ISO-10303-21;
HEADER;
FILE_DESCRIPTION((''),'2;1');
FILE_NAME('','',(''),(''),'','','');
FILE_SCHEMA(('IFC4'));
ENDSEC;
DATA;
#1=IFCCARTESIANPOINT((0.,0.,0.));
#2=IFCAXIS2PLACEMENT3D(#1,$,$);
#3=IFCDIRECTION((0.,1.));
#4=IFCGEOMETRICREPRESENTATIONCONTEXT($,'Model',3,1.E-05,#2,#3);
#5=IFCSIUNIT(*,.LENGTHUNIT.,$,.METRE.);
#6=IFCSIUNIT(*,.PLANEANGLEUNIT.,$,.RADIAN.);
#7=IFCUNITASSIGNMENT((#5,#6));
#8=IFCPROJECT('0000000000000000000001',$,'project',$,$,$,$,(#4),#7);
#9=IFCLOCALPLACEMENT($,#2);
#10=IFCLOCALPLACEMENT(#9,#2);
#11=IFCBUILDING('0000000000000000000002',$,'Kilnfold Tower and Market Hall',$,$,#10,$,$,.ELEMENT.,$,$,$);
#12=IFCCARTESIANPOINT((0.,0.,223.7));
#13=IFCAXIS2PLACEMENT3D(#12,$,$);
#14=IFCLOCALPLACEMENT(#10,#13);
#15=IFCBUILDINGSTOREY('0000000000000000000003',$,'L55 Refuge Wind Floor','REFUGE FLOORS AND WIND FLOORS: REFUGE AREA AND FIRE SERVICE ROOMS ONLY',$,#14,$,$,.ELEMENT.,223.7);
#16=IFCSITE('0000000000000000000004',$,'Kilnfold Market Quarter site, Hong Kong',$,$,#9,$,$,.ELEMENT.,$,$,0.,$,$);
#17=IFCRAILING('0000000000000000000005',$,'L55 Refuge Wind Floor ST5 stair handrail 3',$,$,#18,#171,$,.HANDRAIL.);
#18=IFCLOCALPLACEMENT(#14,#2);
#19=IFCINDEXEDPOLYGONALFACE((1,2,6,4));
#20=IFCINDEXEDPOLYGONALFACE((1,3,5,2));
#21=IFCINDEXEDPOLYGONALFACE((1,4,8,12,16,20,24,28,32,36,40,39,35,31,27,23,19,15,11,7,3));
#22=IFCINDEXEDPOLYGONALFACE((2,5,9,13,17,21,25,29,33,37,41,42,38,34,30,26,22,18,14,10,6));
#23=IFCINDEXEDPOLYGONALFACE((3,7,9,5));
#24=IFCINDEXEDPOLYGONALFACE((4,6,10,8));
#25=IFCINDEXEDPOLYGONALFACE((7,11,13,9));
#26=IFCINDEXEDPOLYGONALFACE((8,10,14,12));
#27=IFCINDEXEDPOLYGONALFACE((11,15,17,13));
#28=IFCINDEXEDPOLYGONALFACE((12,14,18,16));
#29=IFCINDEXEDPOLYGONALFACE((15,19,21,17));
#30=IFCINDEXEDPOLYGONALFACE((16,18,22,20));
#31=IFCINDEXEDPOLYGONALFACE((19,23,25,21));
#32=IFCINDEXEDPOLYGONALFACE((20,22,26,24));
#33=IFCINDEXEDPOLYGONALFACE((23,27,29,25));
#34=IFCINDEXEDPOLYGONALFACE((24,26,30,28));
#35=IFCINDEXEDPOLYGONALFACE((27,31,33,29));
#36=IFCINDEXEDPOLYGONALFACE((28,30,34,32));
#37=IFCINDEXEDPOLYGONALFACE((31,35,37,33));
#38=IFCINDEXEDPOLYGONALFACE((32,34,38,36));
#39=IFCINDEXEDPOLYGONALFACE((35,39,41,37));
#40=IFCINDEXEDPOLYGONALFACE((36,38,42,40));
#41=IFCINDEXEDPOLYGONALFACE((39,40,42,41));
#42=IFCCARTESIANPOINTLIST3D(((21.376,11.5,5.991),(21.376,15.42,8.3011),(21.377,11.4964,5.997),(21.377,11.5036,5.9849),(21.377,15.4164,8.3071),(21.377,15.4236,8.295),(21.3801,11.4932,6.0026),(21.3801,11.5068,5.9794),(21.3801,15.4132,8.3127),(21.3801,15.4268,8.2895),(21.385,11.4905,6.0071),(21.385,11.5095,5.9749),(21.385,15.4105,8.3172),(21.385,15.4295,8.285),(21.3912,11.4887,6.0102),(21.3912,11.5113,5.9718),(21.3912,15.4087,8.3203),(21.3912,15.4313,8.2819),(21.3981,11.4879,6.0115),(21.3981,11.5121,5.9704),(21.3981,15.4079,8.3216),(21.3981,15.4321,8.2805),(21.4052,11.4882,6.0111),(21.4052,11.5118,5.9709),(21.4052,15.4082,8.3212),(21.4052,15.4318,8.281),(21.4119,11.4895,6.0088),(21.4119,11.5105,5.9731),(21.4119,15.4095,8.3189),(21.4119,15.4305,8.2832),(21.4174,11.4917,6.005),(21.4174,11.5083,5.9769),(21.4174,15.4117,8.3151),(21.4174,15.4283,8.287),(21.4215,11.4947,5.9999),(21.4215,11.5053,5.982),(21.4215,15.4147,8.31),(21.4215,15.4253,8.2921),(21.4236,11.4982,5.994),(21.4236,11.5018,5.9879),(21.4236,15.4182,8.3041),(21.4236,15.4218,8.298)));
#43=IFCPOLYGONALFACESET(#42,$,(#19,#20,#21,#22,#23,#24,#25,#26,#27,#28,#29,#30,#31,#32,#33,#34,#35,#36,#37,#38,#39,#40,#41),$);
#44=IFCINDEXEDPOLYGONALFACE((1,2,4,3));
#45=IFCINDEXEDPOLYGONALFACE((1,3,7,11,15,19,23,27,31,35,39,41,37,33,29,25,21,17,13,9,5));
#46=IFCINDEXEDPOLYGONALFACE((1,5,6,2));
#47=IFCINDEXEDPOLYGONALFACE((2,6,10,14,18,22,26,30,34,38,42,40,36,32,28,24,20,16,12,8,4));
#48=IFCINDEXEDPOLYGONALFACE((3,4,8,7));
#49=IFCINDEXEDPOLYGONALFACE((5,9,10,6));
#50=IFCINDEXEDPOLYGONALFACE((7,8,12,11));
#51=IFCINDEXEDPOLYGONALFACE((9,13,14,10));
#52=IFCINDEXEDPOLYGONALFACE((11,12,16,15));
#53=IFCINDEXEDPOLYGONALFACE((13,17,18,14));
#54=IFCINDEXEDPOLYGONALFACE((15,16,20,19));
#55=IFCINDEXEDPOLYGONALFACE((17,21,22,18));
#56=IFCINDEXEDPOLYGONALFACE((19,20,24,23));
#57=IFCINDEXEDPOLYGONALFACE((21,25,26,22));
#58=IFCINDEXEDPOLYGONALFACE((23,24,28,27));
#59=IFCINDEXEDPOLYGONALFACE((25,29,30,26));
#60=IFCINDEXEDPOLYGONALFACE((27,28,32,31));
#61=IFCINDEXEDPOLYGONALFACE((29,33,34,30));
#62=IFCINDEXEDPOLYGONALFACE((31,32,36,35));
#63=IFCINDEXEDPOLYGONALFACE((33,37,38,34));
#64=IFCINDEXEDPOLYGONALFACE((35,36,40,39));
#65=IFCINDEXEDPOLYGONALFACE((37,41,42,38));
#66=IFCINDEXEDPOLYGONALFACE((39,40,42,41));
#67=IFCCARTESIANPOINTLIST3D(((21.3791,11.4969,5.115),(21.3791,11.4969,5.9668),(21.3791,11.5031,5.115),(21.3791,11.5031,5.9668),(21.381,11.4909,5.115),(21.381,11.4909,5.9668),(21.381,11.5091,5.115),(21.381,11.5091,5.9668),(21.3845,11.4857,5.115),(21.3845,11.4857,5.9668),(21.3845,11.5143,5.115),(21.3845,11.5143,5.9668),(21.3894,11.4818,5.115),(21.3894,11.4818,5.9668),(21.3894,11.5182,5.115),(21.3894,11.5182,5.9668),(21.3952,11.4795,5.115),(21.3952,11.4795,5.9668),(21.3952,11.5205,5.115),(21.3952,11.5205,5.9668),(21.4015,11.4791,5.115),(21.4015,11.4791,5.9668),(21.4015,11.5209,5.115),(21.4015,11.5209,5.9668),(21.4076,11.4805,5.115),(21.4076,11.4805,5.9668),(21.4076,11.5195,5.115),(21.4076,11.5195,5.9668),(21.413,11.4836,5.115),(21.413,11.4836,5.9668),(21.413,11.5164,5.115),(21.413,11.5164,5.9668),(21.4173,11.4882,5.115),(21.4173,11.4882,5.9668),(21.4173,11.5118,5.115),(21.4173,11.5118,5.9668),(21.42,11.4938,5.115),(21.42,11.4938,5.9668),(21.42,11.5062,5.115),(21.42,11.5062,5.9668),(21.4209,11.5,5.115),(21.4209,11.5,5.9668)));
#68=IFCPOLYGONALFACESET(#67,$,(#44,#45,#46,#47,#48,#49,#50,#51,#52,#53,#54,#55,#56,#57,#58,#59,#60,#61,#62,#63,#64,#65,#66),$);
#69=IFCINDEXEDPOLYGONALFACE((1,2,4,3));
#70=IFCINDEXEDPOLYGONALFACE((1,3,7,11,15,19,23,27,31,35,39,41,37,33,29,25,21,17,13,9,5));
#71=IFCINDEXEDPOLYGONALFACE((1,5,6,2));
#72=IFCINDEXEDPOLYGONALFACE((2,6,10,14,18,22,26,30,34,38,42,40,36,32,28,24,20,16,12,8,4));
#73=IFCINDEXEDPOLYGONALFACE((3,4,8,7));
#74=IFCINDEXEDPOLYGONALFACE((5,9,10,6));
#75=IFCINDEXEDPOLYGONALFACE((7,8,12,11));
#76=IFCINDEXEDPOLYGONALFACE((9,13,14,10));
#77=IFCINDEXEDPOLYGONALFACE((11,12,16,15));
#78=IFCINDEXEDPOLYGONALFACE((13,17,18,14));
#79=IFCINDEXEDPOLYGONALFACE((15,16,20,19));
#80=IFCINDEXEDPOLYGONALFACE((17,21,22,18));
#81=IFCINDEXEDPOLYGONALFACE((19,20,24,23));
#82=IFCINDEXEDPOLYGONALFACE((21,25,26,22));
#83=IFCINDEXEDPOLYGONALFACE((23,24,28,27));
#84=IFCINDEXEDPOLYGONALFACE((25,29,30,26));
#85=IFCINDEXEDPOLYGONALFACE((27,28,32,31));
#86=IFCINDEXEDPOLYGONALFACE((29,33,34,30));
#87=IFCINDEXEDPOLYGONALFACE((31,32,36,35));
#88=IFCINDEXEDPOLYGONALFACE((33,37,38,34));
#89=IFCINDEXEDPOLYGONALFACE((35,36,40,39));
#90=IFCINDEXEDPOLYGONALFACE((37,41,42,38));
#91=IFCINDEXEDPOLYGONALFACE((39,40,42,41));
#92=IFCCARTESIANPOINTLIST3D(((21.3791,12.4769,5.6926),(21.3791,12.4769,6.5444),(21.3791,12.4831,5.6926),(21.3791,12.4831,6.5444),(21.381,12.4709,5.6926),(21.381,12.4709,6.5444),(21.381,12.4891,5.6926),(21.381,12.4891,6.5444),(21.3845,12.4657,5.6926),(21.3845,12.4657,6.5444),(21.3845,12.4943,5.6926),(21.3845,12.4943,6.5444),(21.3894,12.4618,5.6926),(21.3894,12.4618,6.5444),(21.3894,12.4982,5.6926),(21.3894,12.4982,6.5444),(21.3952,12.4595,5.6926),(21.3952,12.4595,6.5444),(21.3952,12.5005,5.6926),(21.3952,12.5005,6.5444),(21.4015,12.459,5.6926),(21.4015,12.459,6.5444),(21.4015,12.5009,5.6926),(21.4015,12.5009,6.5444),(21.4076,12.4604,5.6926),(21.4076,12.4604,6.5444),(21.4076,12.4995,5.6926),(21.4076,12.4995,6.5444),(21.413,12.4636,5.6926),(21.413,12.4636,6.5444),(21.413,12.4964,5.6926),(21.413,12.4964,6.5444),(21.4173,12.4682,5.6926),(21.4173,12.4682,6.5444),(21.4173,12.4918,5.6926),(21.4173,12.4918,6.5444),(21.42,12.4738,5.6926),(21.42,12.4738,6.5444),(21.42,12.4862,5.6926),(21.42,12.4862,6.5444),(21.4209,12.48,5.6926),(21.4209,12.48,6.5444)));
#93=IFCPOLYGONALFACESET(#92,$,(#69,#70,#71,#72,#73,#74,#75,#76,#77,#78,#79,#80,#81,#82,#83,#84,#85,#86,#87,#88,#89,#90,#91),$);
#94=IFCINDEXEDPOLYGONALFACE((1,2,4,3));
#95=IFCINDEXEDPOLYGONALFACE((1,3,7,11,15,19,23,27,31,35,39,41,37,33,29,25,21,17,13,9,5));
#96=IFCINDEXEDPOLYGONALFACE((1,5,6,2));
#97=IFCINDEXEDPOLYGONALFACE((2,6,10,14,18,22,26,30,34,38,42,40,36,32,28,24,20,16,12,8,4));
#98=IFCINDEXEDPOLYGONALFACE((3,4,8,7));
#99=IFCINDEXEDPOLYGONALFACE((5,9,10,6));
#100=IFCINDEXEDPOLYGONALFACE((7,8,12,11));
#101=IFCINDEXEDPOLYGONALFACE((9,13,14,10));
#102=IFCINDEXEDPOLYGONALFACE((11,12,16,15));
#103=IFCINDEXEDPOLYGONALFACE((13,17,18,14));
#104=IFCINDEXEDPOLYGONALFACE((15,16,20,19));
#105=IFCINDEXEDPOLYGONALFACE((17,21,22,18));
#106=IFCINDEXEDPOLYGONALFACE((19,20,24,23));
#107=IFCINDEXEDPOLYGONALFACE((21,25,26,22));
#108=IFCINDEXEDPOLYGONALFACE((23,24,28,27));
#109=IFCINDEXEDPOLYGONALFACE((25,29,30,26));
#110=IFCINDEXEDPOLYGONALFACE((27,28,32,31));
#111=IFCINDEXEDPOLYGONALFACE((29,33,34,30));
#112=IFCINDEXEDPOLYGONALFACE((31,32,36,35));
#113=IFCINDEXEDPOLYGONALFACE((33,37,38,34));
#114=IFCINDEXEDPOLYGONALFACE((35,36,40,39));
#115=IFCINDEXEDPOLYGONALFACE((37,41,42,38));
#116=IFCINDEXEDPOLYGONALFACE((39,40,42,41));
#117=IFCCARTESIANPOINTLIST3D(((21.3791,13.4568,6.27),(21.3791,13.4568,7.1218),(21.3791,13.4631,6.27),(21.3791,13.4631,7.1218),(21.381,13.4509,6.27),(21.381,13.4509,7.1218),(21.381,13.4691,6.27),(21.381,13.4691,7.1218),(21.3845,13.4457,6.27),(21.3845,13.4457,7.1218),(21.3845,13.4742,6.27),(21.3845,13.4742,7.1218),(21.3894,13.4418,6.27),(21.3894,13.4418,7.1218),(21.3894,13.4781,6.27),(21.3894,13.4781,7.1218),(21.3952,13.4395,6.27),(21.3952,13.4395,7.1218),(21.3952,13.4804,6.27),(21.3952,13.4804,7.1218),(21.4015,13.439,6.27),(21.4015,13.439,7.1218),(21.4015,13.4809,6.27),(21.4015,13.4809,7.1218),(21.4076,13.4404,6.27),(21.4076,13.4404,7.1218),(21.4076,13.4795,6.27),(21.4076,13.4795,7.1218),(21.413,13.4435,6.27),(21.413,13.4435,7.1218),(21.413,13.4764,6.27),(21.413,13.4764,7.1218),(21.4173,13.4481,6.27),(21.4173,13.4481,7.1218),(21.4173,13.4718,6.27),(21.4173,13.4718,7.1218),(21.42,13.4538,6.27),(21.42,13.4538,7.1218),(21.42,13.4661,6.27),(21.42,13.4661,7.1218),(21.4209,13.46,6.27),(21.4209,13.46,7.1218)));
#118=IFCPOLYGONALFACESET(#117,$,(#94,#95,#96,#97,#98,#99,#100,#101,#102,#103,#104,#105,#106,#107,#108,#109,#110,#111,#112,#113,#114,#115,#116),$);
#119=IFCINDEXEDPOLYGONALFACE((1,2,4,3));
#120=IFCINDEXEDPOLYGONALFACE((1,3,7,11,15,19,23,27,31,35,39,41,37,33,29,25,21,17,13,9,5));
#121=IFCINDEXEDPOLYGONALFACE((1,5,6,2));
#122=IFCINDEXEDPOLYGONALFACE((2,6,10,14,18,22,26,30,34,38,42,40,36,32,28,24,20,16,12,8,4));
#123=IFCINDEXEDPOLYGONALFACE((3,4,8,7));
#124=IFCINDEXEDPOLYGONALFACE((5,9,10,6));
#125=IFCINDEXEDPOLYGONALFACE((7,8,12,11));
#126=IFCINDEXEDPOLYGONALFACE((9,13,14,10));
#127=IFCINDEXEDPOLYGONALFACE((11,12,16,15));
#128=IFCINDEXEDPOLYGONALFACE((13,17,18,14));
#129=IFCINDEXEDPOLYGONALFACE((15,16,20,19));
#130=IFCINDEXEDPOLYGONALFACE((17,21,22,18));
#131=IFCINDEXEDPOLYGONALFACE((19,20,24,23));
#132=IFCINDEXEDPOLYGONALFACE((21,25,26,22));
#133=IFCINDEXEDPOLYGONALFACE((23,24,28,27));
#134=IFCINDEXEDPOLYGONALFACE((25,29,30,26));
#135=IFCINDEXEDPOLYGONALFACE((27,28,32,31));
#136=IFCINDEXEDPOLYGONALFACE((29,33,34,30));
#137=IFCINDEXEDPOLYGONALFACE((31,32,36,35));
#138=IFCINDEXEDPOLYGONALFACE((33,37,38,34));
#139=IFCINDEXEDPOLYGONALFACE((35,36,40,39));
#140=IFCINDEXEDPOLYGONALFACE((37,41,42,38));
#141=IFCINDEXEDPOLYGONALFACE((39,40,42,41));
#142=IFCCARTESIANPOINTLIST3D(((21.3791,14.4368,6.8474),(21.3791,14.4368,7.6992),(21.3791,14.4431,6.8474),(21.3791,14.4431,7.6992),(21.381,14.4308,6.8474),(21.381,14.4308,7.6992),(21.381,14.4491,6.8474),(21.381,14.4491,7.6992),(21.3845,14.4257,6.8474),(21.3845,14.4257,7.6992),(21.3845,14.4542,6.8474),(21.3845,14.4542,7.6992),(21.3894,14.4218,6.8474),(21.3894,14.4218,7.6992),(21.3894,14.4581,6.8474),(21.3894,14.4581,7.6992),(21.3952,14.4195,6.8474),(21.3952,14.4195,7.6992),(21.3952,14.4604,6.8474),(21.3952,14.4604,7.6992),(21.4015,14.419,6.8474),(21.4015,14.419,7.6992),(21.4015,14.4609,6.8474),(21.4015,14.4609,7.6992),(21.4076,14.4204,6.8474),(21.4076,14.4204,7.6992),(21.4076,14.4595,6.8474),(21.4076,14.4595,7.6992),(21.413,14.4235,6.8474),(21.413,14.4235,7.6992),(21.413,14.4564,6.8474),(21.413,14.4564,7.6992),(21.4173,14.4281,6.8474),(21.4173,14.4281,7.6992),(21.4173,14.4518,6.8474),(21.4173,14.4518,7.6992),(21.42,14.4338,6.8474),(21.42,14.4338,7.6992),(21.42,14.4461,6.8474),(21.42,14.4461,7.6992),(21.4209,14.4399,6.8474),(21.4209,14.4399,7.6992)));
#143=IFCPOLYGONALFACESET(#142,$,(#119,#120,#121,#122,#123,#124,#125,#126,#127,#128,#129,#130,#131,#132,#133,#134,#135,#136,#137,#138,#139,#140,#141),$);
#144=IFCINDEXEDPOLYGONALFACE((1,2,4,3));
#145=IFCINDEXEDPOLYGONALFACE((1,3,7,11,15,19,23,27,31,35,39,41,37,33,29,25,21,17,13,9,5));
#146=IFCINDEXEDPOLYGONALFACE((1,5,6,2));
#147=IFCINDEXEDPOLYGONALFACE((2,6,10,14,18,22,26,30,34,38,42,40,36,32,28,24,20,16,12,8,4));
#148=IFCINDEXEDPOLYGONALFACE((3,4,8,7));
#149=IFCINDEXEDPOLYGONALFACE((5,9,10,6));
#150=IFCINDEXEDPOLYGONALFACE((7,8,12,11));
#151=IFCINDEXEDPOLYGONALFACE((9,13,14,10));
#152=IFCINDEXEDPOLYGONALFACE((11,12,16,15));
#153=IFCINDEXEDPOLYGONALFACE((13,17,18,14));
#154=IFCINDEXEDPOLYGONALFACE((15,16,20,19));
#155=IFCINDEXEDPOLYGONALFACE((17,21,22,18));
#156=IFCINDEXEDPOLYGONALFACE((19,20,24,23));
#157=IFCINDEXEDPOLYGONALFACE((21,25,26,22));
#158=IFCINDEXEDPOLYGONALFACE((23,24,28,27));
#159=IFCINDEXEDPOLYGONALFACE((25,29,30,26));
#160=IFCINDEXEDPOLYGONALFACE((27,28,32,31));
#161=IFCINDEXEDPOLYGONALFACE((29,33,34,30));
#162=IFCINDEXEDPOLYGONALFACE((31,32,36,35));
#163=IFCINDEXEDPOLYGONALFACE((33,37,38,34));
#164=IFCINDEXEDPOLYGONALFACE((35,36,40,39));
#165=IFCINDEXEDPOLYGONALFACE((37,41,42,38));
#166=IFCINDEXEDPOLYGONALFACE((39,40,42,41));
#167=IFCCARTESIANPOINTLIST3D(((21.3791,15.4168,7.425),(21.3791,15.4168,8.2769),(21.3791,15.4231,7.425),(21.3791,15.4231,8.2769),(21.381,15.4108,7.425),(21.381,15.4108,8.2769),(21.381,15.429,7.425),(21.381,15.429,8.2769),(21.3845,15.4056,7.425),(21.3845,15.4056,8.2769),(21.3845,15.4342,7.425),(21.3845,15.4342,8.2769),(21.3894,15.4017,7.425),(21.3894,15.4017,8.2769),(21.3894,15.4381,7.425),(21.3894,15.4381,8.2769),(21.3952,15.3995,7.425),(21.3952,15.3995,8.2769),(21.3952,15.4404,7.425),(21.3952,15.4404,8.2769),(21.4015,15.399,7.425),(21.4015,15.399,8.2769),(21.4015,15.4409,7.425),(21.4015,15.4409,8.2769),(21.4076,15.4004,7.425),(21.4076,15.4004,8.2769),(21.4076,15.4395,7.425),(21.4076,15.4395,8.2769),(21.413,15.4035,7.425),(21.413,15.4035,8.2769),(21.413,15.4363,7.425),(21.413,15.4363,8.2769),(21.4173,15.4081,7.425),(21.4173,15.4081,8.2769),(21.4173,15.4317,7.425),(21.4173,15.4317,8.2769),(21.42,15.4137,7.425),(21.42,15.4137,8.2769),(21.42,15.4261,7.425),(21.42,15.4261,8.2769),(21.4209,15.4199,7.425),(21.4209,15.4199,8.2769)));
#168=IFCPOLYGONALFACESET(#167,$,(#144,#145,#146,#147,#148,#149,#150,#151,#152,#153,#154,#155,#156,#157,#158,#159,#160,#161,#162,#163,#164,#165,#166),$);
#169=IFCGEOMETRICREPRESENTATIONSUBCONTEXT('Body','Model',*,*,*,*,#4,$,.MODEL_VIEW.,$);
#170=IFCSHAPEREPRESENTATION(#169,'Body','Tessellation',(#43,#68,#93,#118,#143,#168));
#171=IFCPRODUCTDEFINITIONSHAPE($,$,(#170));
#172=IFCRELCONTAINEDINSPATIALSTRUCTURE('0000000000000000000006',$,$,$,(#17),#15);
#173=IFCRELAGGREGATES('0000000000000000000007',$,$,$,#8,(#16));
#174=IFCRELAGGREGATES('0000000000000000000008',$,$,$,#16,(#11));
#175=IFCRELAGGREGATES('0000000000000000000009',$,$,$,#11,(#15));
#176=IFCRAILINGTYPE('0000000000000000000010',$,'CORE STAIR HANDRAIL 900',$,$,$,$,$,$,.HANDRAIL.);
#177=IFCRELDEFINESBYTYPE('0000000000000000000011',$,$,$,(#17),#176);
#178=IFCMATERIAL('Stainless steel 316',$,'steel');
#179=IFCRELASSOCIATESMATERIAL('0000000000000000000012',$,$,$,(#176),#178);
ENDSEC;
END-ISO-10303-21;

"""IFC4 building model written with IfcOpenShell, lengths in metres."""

from ifc_helpers import new_model, si_unit, direction, frame, origin, origin_2d, place, context, subcontext, project, spatial, circle, extrude, material, type_object, element, save


model = new_model("IFC4")

# Units and contexts
model_context = context("Model", 3, precision=1e-05, world=origin(), true_north=direction((0.0, 1.0)))
body_context = subcontext(model_context, "Body", "Model", "MODEL_VIEW")
ifc_project = project(units=[si_unit("LENGTHUNIT", "METRE"), si_unit("PLANEANGLEUNIT", "RADIAN")], contexts=[model_context])

# Site, building, storey
site_placement = place(None, origin())
site = spatial("IfcSite", under=ifc_project, at=site_placement, Name="Kilnfold Market Quarter site, Hong Kong", CompositionType="ELEMENT", RefElevation=0.0)
building_placement = place(site_placement, origin())
building = spatial("IfcBuilding", under=site, at=building_placement, Name="Kilnfold Tower and Market Hall", CompositionType="ELEMENT")
storey_placement = place(building_placement, frame((0.0, 0.0, 223.7)))
storey = spatial("IfcBuildingStorey", under=building, at=storey_placement, Name="L55 Refuge Wind Floor", Description="REFUGE FLOORS AND WIND FLOORS: REFUGE AREA AND FIRE SERVICE ROOMS ONLY", CompositionType="ELEMENT", Elevation=223.7)

# Railing
ifc_material_1 = material(Name="Stainless steel 316", Category="steel")
railing_type_1 = type_object("IfcRailingType", Name="CORE STAIR HANDRAIL 900", PredefinedType="HANDRAIL", material=ifc_material_1)
railing_1_placement = place(storey_placement, frame((21.3999, 11.5, 5.115)))
element("IfcRailing", 1, at=railing_1_placement, inside=storey, type_object=railing_type_1, Name="L55 Refuge Wind Floor ST5 stair handrail 3", PredefinedType="HANDRAIL", context=body_context, shape_type="SweptSolid", body=[
    extrude(circle(Radius=0.0239, at=origin_2d()), frame((0.0, 0.0, 0.876), z_axis=(0.0, 0.861528, 0.507709), x_axis=(-1.0, 0.0, 0.0)), (0.0, 0.0, 1.0), 4.55),
    extrude(circle(Radius=0.021, at=origin_2d()), origin(), (0.0, 0.0, 1.0), 0.8518),
    extrude(circle(Radius=0.021, at=origin_2d()), frame((0.0, 0.98, 0.5776)), (0.0, 0.0, 1.0), 0.8518),
    extrude(circle(Radius=0.021, at=origin_2d()), frame((0.0, 1.96, 1.155)), (0.0, 0.0, 1.0), 0.8518),
    extrude(circle(Radius=0.021, at=origin_2d()), frame((0.0, 2.9399, 1.7324)), (0.0, 0.0, 1.0), 0.8518),
    extrude(circle(Radius=0.021, at=origin_2d()), frame((0.0, 3.9199, 2.3101)), (0.0, 0.0, 1.0), 0.8518),
])

save(model, "model.ifc")
